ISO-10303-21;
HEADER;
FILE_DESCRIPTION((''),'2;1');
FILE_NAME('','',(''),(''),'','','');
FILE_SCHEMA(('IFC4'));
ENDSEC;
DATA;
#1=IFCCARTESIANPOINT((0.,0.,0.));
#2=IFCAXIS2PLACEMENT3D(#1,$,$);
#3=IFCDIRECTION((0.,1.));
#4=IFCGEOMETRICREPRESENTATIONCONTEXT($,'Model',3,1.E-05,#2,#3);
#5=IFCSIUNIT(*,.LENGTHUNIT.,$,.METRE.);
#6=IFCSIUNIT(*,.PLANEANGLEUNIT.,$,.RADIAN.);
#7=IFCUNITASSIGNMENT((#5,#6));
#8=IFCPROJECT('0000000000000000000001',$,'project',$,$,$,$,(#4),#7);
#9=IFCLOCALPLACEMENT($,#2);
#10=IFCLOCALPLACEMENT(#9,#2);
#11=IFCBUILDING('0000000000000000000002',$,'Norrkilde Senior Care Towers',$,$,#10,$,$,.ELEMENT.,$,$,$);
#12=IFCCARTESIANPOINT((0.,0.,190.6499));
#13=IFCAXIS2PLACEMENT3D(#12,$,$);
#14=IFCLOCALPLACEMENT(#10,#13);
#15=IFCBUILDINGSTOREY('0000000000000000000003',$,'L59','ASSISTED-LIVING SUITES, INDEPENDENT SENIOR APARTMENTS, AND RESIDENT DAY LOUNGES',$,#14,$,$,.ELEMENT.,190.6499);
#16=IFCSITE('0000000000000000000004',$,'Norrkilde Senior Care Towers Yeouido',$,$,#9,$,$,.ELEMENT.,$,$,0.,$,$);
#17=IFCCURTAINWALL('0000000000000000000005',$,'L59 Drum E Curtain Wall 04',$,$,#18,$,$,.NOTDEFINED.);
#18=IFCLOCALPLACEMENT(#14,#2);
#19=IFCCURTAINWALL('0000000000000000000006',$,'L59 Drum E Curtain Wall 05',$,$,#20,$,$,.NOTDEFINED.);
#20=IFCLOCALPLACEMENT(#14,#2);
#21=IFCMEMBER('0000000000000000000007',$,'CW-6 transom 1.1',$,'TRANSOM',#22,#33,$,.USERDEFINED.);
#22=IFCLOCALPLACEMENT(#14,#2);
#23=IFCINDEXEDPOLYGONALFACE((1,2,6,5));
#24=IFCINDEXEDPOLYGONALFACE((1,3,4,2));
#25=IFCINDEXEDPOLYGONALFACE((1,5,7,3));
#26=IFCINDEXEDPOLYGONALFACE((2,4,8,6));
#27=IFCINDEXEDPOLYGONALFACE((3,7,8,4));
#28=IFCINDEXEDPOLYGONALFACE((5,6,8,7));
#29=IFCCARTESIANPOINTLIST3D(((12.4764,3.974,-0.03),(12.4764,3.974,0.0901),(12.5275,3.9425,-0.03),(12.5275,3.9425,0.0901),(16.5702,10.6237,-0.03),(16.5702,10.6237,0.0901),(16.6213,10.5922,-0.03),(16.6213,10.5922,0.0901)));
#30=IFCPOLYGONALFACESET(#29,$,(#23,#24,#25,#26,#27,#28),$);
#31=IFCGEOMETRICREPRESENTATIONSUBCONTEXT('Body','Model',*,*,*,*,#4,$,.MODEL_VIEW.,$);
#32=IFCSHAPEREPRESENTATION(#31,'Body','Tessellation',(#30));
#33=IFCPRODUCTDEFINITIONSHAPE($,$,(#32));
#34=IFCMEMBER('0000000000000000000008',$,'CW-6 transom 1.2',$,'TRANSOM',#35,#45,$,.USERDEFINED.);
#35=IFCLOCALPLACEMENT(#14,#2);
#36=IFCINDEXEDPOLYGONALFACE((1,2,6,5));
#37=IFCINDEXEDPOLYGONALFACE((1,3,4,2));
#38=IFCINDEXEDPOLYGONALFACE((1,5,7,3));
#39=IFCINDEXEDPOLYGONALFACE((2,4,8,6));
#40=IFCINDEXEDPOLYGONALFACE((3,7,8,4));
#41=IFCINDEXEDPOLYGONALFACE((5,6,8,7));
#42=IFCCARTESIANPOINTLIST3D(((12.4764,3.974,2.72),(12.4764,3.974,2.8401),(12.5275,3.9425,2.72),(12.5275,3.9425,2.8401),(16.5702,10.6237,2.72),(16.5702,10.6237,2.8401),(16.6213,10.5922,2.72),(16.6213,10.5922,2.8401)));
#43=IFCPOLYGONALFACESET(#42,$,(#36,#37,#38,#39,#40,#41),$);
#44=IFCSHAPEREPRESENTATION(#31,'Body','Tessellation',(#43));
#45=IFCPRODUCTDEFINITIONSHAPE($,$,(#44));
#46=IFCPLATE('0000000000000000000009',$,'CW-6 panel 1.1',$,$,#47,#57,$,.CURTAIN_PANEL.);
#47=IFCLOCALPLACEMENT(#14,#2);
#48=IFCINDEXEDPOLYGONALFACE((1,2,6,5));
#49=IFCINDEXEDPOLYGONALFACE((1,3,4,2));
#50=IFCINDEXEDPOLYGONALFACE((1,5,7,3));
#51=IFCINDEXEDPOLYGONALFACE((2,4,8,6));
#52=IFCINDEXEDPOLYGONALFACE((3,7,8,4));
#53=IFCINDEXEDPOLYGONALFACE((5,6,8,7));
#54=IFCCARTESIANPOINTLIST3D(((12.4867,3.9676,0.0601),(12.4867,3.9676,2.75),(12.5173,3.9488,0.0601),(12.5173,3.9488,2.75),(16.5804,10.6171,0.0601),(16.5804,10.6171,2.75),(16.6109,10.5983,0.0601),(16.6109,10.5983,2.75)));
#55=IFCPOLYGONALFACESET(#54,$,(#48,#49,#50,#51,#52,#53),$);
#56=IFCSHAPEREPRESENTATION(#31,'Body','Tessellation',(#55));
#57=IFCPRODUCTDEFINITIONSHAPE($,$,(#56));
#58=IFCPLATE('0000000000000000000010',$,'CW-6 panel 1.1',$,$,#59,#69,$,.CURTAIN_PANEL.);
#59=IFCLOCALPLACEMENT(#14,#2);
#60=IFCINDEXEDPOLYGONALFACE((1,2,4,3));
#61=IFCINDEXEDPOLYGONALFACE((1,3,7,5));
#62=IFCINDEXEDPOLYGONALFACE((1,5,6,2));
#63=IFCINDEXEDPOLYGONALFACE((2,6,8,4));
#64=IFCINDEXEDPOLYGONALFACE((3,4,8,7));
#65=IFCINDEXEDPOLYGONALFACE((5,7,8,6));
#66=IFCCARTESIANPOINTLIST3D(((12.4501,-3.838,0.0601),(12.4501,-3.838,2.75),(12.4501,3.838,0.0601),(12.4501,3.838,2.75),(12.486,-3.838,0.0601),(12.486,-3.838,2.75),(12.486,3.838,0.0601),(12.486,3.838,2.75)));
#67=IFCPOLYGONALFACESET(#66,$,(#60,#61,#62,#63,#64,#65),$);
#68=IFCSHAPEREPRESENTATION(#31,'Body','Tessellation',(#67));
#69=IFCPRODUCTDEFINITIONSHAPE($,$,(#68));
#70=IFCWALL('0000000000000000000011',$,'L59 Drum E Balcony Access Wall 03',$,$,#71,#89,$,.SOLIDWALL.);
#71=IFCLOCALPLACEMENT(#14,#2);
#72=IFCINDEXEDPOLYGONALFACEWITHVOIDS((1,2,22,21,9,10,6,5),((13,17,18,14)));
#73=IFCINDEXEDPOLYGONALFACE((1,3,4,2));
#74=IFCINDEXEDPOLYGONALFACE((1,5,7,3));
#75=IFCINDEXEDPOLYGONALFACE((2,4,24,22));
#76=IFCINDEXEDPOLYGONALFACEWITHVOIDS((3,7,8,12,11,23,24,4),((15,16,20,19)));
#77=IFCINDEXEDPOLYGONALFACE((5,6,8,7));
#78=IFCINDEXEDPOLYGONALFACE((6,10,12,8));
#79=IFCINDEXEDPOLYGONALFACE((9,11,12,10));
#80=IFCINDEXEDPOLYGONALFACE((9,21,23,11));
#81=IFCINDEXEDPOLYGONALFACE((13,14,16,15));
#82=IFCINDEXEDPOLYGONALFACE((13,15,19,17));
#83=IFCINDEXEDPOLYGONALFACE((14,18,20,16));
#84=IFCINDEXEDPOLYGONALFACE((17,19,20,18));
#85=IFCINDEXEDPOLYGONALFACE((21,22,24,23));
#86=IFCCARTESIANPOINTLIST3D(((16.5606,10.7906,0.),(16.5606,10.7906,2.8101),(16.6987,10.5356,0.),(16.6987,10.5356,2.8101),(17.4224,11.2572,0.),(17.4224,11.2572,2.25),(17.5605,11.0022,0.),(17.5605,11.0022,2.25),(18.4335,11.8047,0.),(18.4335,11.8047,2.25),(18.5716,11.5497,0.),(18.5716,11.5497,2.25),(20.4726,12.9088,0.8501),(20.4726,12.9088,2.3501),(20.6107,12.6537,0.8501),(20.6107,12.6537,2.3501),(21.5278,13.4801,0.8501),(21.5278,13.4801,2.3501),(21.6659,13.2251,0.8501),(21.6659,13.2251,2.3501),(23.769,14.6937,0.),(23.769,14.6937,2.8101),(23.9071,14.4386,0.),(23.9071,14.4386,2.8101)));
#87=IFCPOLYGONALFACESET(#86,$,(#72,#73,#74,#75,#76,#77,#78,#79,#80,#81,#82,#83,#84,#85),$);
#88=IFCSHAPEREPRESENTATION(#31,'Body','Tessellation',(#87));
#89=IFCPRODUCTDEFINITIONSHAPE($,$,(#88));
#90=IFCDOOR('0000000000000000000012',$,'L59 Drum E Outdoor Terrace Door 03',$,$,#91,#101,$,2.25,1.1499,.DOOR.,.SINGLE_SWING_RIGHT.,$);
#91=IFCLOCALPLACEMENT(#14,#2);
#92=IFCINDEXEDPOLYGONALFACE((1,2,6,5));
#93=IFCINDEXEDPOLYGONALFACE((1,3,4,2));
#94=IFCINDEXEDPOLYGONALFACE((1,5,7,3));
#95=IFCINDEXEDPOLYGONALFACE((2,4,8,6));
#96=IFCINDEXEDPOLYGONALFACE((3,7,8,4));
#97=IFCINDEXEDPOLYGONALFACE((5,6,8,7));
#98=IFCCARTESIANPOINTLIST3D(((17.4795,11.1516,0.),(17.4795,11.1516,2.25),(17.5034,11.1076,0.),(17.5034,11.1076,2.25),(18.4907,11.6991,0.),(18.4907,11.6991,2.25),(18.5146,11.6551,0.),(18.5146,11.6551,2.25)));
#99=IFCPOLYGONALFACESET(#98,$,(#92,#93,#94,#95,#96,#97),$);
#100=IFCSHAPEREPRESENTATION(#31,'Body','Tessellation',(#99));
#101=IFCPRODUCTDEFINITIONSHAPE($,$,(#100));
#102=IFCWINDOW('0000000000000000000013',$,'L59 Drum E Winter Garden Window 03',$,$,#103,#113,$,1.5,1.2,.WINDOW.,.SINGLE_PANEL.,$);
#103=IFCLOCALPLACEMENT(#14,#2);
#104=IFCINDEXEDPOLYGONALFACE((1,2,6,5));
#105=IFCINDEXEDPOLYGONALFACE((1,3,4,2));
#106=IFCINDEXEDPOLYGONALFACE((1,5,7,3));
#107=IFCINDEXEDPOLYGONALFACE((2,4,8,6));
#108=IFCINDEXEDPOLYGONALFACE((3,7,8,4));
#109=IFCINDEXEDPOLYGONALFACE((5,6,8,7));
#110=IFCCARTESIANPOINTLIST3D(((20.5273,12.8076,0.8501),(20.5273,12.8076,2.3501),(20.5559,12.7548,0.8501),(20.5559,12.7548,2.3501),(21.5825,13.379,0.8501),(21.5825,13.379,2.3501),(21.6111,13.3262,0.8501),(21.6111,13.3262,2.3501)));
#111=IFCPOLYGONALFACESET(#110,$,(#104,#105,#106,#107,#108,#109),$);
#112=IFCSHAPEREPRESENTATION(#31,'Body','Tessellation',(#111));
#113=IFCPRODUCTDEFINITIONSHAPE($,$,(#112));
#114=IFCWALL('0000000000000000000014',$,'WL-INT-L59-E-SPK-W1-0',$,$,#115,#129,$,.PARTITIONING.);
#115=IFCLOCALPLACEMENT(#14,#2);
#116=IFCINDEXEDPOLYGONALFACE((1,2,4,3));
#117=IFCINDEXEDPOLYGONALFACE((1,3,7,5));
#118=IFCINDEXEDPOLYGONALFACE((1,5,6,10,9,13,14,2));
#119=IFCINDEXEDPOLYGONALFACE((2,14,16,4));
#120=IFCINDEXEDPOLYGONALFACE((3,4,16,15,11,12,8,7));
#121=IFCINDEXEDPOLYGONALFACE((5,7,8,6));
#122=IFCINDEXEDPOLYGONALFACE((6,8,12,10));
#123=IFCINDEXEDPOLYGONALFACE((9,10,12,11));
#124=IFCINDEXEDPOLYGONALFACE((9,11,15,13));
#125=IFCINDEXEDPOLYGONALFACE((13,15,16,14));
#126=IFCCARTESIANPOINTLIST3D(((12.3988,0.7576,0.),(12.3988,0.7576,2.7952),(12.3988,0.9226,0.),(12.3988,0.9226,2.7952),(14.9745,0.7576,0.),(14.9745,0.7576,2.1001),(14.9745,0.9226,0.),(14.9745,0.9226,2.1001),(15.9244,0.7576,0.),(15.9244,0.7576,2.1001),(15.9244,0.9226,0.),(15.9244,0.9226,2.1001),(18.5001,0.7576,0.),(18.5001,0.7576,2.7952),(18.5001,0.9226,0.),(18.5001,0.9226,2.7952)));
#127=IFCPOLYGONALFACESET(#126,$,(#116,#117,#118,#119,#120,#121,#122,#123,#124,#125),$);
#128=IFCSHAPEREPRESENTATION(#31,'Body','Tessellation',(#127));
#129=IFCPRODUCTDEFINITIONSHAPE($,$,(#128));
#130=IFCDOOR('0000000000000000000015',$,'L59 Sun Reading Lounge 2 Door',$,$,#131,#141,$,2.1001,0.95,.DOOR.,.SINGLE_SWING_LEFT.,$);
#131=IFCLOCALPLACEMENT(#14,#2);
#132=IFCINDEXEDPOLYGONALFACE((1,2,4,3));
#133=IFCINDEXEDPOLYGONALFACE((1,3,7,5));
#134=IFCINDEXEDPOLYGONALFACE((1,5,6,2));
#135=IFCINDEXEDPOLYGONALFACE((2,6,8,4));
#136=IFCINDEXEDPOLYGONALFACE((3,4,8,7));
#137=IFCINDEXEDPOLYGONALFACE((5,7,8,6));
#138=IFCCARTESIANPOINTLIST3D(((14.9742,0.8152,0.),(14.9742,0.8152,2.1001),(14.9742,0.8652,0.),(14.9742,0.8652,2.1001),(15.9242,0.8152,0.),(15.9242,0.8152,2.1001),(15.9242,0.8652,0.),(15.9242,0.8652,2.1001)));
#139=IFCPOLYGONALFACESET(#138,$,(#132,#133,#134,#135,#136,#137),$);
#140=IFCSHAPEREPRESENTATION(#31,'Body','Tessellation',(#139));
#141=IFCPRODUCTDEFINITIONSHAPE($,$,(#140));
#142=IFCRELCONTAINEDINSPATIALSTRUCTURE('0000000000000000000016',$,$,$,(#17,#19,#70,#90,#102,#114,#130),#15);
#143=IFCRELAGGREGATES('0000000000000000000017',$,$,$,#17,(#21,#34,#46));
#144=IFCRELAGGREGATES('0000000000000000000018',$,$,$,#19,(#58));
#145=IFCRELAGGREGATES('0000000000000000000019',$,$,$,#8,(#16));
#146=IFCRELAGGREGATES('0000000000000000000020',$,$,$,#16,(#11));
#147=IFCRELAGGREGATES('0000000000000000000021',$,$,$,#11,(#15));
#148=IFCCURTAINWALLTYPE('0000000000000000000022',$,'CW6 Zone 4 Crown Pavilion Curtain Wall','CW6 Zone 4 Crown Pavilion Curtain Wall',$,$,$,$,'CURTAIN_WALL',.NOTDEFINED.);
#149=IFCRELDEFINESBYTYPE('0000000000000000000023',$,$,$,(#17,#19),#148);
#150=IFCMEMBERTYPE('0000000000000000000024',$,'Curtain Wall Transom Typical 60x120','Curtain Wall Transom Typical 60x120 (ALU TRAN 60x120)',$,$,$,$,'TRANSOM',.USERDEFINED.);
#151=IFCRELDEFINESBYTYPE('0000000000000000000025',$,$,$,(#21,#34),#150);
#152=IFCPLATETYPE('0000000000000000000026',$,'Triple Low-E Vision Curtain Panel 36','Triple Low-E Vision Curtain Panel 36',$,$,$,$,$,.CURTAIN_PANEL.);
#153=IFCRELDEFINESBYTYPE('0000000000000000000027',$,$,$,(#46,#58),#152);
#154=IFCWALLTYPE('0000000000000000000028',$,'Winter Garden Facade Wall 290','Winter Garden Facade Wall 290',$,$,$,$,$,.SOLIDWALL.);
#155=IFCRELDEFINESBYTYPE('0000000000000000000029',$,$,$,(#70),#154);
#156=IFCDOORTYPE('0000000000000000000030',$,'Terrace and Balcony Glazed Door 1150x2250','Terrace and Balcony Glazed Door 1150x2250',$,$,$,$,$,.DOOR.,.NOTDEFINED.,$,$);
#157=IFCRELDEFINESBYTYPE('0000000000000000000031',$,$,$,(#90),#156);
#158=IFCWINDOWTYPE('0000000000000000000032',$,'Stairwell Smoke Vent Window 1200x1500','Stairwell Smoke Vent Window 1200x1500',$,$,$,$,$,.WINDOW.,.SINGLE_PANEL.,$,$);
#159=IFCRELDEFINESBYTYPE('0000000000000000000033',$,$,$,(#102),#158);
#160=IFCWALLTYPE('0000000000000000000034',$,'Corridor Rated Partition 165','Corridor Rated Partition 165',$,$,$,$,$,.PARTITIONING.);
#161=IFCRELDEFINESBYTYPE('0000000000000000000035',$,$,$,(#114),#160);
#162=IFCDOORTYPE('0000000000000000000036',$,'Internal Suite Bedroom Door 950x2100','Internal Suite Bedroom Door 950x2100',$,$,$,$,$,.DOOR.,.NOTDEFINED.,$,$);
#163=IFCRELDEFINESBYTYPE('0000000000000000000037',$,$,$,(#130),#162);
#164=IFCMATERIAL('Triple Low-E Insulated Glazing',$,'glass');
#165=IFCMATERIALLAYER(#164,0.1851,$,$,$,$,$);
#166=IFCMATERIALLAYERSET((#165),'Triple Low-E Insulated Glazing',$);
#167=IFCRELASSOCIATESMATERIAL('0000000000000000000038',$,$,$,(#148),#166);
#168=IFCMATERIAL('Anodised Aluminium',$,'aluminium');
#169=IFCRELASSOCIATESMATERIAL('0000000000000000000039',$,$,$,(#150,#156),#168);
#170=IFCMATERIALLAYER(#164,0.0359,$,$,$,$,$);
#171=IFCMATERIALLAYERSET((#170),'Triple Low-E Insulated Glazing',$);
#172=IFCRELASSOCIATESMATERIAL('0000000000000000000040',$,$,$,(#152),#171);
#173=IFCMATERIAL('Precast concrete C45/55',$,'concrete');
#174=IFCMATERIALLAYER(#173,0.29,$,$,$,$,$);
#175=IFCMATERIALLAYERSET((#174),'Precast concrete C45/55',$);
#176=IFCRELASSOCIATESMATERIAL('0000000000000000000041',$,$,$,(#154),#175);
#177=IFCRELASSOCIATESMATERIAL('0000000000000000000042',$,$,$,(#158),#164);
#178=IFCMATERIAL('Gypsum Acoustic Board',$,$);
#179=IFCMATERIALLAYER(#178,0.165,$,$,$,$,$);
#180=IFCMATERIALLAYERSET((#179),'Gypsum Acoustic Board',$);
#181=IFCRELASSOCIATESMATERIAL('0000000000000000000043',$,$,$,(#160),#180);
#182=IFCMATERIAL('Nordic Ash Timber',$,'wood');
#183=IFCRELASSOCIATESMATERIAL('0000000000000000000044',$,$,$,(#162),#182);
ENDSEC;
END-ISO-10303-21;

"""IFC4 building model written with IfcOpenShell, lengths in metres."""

from ifc_helpers import new_model, si_unit, direction, frame, frame_2d, origin, origin_2d, place, context, subcontext, project, spatial, rectangle, extrude, source, transform, mapped, material, layer, layer_set, material_profile, profile_set, type_object, type_shapes, element, fill, aggregate, save


model = new_model("IFC4")

# Units and contexts
model_context = context("Model", 3, precision=1e-05, world=origin(), true_north=direction((0.0, 1.0)))
body_context = subcontext(model_context, "Body", "Model", "MODEL_VIEW")
ifc_project = project(units=[si_unit("LENGTHUNIT", "METRE"), si_unit("PLANEANGLEUNIT", "RADIAN")], contexts=[model_context])

# Site, building, storey
site_placement = place(None, origin())
site = spatial("IfcSite", under=ifc_project, at=site_placement, Name="Norrkilde Senior Care Towers Yeouido", CompositionType="ELEMENT", RefElevation=0.0)
building_placement = place(site_placement, origin())
building = spatial("IfcBuilding", under=site, at=building_placement, Name="Norrkilde Senior Care Towers", CompositionType="ELEMENT")
storey_placement = place(building_placement, frame((0.0, 0.0, 190.6499)))
storey = spatial("IfcBuildingStorey", under=building, at=storey_placement, Name="L59", Description="ASSISTED-LIVING SUITES, INDEPENDENT SENIOR APARTMENTS, AND RESIDENT DAY LOUNGES", CompositionType="ELEMENT", Elevation=190.6499)

# Curtain wall
ifc_material_1 = material(Name="Triple Low-E Insulated Glazing", Category="glass")
ifc_layer_1 = layer(ifc_material_1, 0.1851)
ifc_layer_set_1 = layer_set([ifc_layer_1], Name="Triple Low-E Insulated Glazing")
curtain_wall_type = type_object("IfcCurtainWallType", Name="CW6 Zone 4 Crown Pavilion Curtain Wall", Description="CW6 Zone 4 Crown Pavilion Curtain Wall", ElementType="CURTAIN_WALL", PredefinedType="NOTDEFINED", material=ifc_layer_set_1)
curtain_wall_1_placement = place(storey_placement, origin())
curtain_wall_1 = element("IfcCurtainWall", 1, at=curtain_wall_1_placement, inside=storey, type_object=curtain_wall_type, Name="L59 Drum E Curtain Wall 04", PredefinedType="NOTDEFINED")
ifc_material_2 = material(Name="Anodised Aluminium", Category="aluminium")

# Curtain wall
curtain_wall_2_placement = place(storey_placement, origin())
curtain_wall_2 = element("IfcCurtainWall", 2, at=curtain_wall_2_placement, inside=storey, type_object=curtain_wall_type, Name="L59 Drum E Curtain Wall 05", PredefinedType="NOTDEFINED")

# Members
ifc_material_profile_1 = material_profile(ifc_material_2, rectangle(XDim=0.0601, YDim=0.1201, at=origin_2d()), Name="ALU TRAN 60x120")
ifc_profile_set_1 = profile_set([ifc_material_profile_1], Name="Anodised Aluminium")
member_type_1 = type_object("IfcMemberType", Name="Curtain Wall Transom Typical 60x120", Description="Curtain Wall Transom Typical 60x120 (ALU TRAN 60x120)", ElementType="TRANSOM", PredefinedType="USERDEFINED", material=ifc_profile_set_1)
shared_shape_1 = source(origin(), body_context, "Body", "SweptSolid", [
    extrude(rectangle(XDim=0.0601, YDim=0.1201, at=origin_2d()), origin(), (0.0, 0.0, 1.0), 7.8088),
])
type_shapes(member_type_1, [shared_shape_1])
member_1_placement = place(storey_placement, frame((12.502, 3.9583, 0.03), z_axis=(0.524251, 0.851564, 0.0), x_axis=(-0.851564, 0.524251, 0.0)))
member_1 = element("IfcMember", 3, at=member_1_placement, type_object=member_type_1, Name="CW-6 transom 1.1", ObjectType="TRANSOM", PredefinedType="USERDEFINED", context=body_context, shape_type="MappedRepresentation", body=[
    mapped(shared_shape_1, transform((0.0, 0.0, 0.0), x_axis=(1.0, 0.0, 0.0), y_axis=(0.0, 1.0, 0.0), z_axis=(0.0, 0.0, 1.0), scale=1.0)),
])
member_2_placement = place(storey_placement, frame((12.502, 3.9583, 2.78), z_axis=(0.524251, 0.851564, 0.0), x_axis=(-0.851564, 0.524251, 0.0)))
member_2 = element("IfcMember", 4, at=member_2_placement, type_object=member_type_1, Name="CW-6 transom 1.2", ObjectType="TRANSOM", PredefinedType="USERDEFINED", context=body_context, shape_type="MappedRepresentation", body=[
    mapped(shared_shape_1, transform((0.0, 0.0, 0.0), x_axis=(1.0, 0.0, 0.0), y_axis=(0.0, 1.0, 0.0), z_axis=(0.0, 0.0, 1.0), scale=1.0)),
])

# Plates
ifc_layer_2 = layer(ifc_material_1, 0.0359)
ifc_layer_set_2 = layer_set([ifc_layer_2], Name="Triple Low-E Insulated Glazing")
plate_type = type_object("IfcPlateType", Name="Triple Low-E Vision Curtain Panel 36", Description="Triple Low-E Vision Curtain Panel 36", PredefinedType="CURTAIN_PANEL", material=ifc_layer_set_2)
shared_shape_2 = source(origin(), body_context, "Body", "SweptSolid", [
    extrude(rectangle(XDim=7.8086, YDim=0.0359, at=origin_2d()), origin(), (0.0, 0.0, 1.0), 2.6899),
])
plate_1_placement = place(storey_placement, frame((14.5488, 7.283, 0.0601), z_axis=(0.0, 0.0, 1.0), x_axis=(0.524253, 0.851563, 0.0)))
plate_1 = element("IfcPlate", 5, at=plate_1_placement, type_object=plate_type, Name="CW-6 panel 1.1", PredefinedType="CURTAIN_PANEL", context=body_context, shape_type="MappedRepresentation", body=[
    mapped(shared_shape_2, transform((0.0, 0.0, 0.0), x_axis=(1.0, 0.0, 0.0), y_axis=(0.0, 1.0, 0.0), z_axis=(0.0, 0.0, 1.0), scale=1.0)),
])
aggregate(curtain_wall_1, [member_1, member_2, plate_1])
shared_shape_3 = source(origin(), body_context, "Body", "SweptSolid", [
    extrude(rectangle(XDim=7.676, YDim=0.0359, at=origin_2d()), origin(), (0.0, 0.0, 1.0), 2.6899),
])
type_shapes(plate_type, [shared_shape_2, shared_shape_3])
plate_2_placement = place(storey_placement, frame((12.468, 0.0, 0.0601), z_axis=(0.0, 0.0, 1.0), x_axis=(0.0, 1.0, 0.0)))
plate_2 = element("IfcPlate", 6, at=plate_2_placement, type_object=plate_type, Name="CW-6 panel 1.1", PredefinedType="CURTAIN_PANEL", context=body_context, shape_type="MappedRepresentation", body=[
    mapped(shared_shape_3, transform((0.0, 0.0, 0.0), x_axis=(1.0, 0.0, 0.0), y_axis=(0.0, 1.0, 0.0), z_axis=(0.0, 0.0, 1.0), scale=1.0)),
])
aggregate(curtain_wall_2, [plate_2])

# Wall, openings, door, window
ifc_material_3 = material(Name="Precast concrete C45/55", Category="concrete")
ifc_layer_3 = layer(ifc_material_3, 0.29)
ifc_layer_set_3 = layer_set([ifc_layer_3], Name="Precast concrete C45/55")
wall_type_1 = type_object("IfcWallType", Name="Winter Garden Facade Wall 290", Description="Winter Garden Facade Wall 290", PredefinedType="SOLIDWALL", material=ifc_layer_set_3)
shared_shape_4 = source(origin(), body_context, "Body", "SweptSolid", [
    extrude(rectangle(XDim=8.1973, YDim=0.29, at=frame_2d((4.0986, 0.0))), origin(), (0.0, 0.0, 1.0), 2.8101),
])
type_shapes(wall_type_1, [shared_shape_4])
wall_1_placement = place(storey_placement, frame((16.6296, 10.6631, 0.0), z_axis=(0.0, 0.0, 1.0), x_axis=(0.87937, 0.476139, 0.0)))
wall_1 = element("IfcWall", 7, at=wall_1_placement, inside=storey, type_object=wall_type_1, Name="L59 Drum E Balcony Access Wall 03", PredefinedType="SOLIDWALL", context=body_context, shape_type="MappedRepresentation", body=[
    mapped(shared_shape_4, transform((0.0, 0.0, 0.0), x_axis=(1.0, 0.0, 0.0), y_axis=(0.0, 1.0, 0.0), z_axis=(0.0, 0.0, 1.0), scale=1.0)),
])
opening_1_placement = place(wall_1_placement, frame((0.98, 0.0, 0.0)))
opening_1 = element("IfcOpeningElement", 8, at=opening_1_placement, cuts=wall_1, PredefinedType="OPENING", context=body_context, shape_type="SweptSolid", body=[
    extrude(rectangle(XDim=1.1499, YDim=2.25, at=frame_2d((0.575, 1.125))), frame((0.0, 0.155, 0.0), z_axis=(0.0, -1.0, 0.0), x_axis=(1.0, 0.0, 0.0)), (0.0, 0.0, 1.0), 0.3101),
])
opening_2_placement = place(wall_1_placement, frame((4.4485, 0.0, 0.8501)))
opening_2 = element("IfcOpeningElement", 9, at=opening_2_placement, cuts=wall_1, PredefinedType="OPENING", context=body_context, shape_type="SweptSolid", body=[
    extrude(rectangle(XDim=1.2, YDim=1.5, at=frame_2d((0.6001, 0.75))), frame((0.0, 0.155, 0.0), z_axis=(0.0, -1.0, 0.0), x_axis=(1.0, 0.0, 0.0)), (0.0, 0.0, 1.0), 0.3101),
])
door_type_1 = type_object("IfcDoorType", Name="Terrace and Balcony Glazed Door 1150x2250", Description="Terrace and Balcony Glazed Door 1150x2250", OperationType="NOTDEFINED", PredefinedType="DOOR", material=ifc_material_2)
shared_shape_5 = source(origin(), body_context, "Body", "SweptSolid", [
    extrude(rectangle(XDim=1.1499, YDim=2.25, at=frame_2d((0.575, 1.125))), frame((0.0, 0.0249, 0.0), z_axis=(0.0, -1.0, 0.0), x_axis=(1.0, 0.0, 0.0)), (0.0, 0.0, 1.0), 0.05),
])
type_shapes(door_type_1, [shared_shape_5])
door_1_placement = place(opening_1_placement, origin())
door_1 = element("IfcDoor", 10, at=door_1_placement, inside=storey, type_object=door_type_1, Name="L59 Drum E Outdoor Terrace Door 03", OperationType="SINGLE_SWING_RIGHT", OverallHeight=2.25, OverallWidth=1.1499, PredefinedType="DOOR", context=body_context, shape_type="MappedRepresentation", body=[
    mapped(shared_shape_5, transform((0.0, 0.0, 0.0), x_axis=(1.0, 0.0, 0.0), y_axis=(0.0, 1.0, 0.0), z_axis=(0.0, 0.0, 1.0), scale=1.0)),
])
fill(opening_1, door_1)
window_type = type_object("IfcWindowType", Name="Stairwell Smoke Vent Window 1200x1500", Description="Stairwell Smoke Vent Window 1200x1500", PartitioningType="SINGLE_PANEL", PredefinedType="WINDOW", material=ifc_material_1)
shared_shape_6 = source(origin(), body_context, "Body", "SweptSolid", [
    extrude(rectangle(XDim=1.2, YDim=1.5, at=frame_2d((0.6001, 0.75))), frame((0.0, 0.03, 0.0), z_axis=(0.0, -1.0, 0.0), x_axis=(1.0, 0.0, 0.0)), (0.0, 0.0, 1.0), 0.0601),
])
type_shapes(window_type, [shared_shape_6])
window_placement = place(opening_2_placement, origin())
window = element("IfcWindow", 11, at=window_placement, inside=storey, type_object=window_type, Name="L59 Drum E Winter Garden Window 03", OverallHeight=1.5, OverallWidth=1.2, PartitioningType="SINGLE_PANEL", PredefinedType="WINDOW", context=body_context, shape_type="MappedRepresentation", body=[
    mapped(shared_shape_6, transform((0.0, 0.0, 0.0), x_axis=(1.0, 0.0, 0.0), y_axis=(0.0, 1.0, 0.0), z_axis=(0.0, 0.0, 1.0), scale=1.0)),
])
fill(opening_2, window)

# Wall, opening, door
ifc_material_4 = material(Name="Gypsum Acoustic Board")
ifc_layer_4 = layer(ifc_material_4, 0.165)
ifc_layer_set_4 = layer_set([ifc_layer_4], Name="Gypsum Acoustic Board")
wall_type_2 = type_object("IfcWallType", Name="Corridor Rated Partition 165", Description="Corridor Rated Partition 165", PredefinedType="PARTITIONING", material=ifc_layer_set_4)
shared_shape_7 = source(origin(), body_context, "Body", "SweptSolid", [
    extrude(rectangle(XDim=6.1013, YDim=0.165, at=frame_2d((3.0508, 0.0))), origin(), (0.0, 0.0, 1.0), 2.7952),
])
type_shapes(wall_type_2, [shared_shape_7])
wall_2_placement = place(storey_placement, frame((12.3987, 0.8401, 0.0), z_axis=(0.0, 0.0, 1.0), x_axis=(1.0, 0.0, 0.0)))
wall_2 = element("IfcWall", 12, at=wall_2_placement, inside=storey, type_object=wall_type_2, Name="WL-INT-L59-E-SPK-W1-0", PredefinedType="PARTITIONING", context=body_context, shape_type="MappedRepresentation", body=[
    mapped(shared_shape_7, transform((0.0, 0.0, 0.0), x_axis=(1.0, 0.0, 0.0), y_axis=(0.0, 1.0, 0.0), z_axis=(0.0, 0.0, 1.0), scale=1.0)),
])
opening_3_placement = place(wall_2_placement, frame((2.5757, 0.0, 0.0)))
opening_3 = element("IfcOpeningElement", 13, at=opening_3_placement, cuts=wall_2, PredefinedType="OPENING", context=body_context, shape_type="SweptSolid", body=[
    extrude(rectangle(XDim=0.95, YDim=2.1001, at=frame_2d((0.4751, 1.05))), frame((0.0, 0.0925, 0.0), z_axis=(0.0, -1.0, 0.0), x_axis=(1.0, 0.0, 0.0)), (0.0, 0.0, 1.0), 0.1851),
])
ifc_material_5 = material(Name="Nordic Ash Timber", Category="wood")
door_type_2 = type_object("IfcDoorType", Name="Internal Suite Bedroom Door 950x2100", Description="Internal Suite Bedroom Door 950x2100", OperationType="NOTDEFINED", PredefinedType="DOOR", material=ifc_material_5)
shared_shape_8 = source(origin(), body_context, "Body", "SweptSolid", [
    extrude(rectangle(XDim=0.95, YDim=2.1001, at=frame_2d((0.4751, 1.05))), frame((0.0, 0.0249, 0.0), z_axis=(0.0, -1.0, 0.0), x_axis=(1.0, 0.0, 0.0)), (0.0, 0.0, 1.0), 0.05),
])
type_shapes(door_type_2, [shared_shape_8])
door_2_placement = place(opening_3_placement, frame((0.95, 0.0, 0.0), z_axis=(0.0, 0.0, 1.0), x_axis=(-1.0, 0.0, 0.0)))
door_2 = element("IfcDoor", 14, at=door_2_placement, inside=storey, type_object=door_type_2, Name="L59 Sun Reading Lounge 2 Door", OperationType="SINGLE_SWING_LEFT", OverallHeight=2.1001, OverallWidth=0.95, PredefinedType="DOOR", context=body_context, shape_type="MappedRepresentation", body=[
    mapped(shared_shape_8, transform((0.0, 0.0, 0.0), x_axis=(1.0, 0.0, 0.0), y_axis=(0.0, 1.0, 0.0), z_axis=(0.0, 0.0, 1.0), scale=1.0)),
])
fill(opening_3, door_2)

save(model, "model.ifc")
